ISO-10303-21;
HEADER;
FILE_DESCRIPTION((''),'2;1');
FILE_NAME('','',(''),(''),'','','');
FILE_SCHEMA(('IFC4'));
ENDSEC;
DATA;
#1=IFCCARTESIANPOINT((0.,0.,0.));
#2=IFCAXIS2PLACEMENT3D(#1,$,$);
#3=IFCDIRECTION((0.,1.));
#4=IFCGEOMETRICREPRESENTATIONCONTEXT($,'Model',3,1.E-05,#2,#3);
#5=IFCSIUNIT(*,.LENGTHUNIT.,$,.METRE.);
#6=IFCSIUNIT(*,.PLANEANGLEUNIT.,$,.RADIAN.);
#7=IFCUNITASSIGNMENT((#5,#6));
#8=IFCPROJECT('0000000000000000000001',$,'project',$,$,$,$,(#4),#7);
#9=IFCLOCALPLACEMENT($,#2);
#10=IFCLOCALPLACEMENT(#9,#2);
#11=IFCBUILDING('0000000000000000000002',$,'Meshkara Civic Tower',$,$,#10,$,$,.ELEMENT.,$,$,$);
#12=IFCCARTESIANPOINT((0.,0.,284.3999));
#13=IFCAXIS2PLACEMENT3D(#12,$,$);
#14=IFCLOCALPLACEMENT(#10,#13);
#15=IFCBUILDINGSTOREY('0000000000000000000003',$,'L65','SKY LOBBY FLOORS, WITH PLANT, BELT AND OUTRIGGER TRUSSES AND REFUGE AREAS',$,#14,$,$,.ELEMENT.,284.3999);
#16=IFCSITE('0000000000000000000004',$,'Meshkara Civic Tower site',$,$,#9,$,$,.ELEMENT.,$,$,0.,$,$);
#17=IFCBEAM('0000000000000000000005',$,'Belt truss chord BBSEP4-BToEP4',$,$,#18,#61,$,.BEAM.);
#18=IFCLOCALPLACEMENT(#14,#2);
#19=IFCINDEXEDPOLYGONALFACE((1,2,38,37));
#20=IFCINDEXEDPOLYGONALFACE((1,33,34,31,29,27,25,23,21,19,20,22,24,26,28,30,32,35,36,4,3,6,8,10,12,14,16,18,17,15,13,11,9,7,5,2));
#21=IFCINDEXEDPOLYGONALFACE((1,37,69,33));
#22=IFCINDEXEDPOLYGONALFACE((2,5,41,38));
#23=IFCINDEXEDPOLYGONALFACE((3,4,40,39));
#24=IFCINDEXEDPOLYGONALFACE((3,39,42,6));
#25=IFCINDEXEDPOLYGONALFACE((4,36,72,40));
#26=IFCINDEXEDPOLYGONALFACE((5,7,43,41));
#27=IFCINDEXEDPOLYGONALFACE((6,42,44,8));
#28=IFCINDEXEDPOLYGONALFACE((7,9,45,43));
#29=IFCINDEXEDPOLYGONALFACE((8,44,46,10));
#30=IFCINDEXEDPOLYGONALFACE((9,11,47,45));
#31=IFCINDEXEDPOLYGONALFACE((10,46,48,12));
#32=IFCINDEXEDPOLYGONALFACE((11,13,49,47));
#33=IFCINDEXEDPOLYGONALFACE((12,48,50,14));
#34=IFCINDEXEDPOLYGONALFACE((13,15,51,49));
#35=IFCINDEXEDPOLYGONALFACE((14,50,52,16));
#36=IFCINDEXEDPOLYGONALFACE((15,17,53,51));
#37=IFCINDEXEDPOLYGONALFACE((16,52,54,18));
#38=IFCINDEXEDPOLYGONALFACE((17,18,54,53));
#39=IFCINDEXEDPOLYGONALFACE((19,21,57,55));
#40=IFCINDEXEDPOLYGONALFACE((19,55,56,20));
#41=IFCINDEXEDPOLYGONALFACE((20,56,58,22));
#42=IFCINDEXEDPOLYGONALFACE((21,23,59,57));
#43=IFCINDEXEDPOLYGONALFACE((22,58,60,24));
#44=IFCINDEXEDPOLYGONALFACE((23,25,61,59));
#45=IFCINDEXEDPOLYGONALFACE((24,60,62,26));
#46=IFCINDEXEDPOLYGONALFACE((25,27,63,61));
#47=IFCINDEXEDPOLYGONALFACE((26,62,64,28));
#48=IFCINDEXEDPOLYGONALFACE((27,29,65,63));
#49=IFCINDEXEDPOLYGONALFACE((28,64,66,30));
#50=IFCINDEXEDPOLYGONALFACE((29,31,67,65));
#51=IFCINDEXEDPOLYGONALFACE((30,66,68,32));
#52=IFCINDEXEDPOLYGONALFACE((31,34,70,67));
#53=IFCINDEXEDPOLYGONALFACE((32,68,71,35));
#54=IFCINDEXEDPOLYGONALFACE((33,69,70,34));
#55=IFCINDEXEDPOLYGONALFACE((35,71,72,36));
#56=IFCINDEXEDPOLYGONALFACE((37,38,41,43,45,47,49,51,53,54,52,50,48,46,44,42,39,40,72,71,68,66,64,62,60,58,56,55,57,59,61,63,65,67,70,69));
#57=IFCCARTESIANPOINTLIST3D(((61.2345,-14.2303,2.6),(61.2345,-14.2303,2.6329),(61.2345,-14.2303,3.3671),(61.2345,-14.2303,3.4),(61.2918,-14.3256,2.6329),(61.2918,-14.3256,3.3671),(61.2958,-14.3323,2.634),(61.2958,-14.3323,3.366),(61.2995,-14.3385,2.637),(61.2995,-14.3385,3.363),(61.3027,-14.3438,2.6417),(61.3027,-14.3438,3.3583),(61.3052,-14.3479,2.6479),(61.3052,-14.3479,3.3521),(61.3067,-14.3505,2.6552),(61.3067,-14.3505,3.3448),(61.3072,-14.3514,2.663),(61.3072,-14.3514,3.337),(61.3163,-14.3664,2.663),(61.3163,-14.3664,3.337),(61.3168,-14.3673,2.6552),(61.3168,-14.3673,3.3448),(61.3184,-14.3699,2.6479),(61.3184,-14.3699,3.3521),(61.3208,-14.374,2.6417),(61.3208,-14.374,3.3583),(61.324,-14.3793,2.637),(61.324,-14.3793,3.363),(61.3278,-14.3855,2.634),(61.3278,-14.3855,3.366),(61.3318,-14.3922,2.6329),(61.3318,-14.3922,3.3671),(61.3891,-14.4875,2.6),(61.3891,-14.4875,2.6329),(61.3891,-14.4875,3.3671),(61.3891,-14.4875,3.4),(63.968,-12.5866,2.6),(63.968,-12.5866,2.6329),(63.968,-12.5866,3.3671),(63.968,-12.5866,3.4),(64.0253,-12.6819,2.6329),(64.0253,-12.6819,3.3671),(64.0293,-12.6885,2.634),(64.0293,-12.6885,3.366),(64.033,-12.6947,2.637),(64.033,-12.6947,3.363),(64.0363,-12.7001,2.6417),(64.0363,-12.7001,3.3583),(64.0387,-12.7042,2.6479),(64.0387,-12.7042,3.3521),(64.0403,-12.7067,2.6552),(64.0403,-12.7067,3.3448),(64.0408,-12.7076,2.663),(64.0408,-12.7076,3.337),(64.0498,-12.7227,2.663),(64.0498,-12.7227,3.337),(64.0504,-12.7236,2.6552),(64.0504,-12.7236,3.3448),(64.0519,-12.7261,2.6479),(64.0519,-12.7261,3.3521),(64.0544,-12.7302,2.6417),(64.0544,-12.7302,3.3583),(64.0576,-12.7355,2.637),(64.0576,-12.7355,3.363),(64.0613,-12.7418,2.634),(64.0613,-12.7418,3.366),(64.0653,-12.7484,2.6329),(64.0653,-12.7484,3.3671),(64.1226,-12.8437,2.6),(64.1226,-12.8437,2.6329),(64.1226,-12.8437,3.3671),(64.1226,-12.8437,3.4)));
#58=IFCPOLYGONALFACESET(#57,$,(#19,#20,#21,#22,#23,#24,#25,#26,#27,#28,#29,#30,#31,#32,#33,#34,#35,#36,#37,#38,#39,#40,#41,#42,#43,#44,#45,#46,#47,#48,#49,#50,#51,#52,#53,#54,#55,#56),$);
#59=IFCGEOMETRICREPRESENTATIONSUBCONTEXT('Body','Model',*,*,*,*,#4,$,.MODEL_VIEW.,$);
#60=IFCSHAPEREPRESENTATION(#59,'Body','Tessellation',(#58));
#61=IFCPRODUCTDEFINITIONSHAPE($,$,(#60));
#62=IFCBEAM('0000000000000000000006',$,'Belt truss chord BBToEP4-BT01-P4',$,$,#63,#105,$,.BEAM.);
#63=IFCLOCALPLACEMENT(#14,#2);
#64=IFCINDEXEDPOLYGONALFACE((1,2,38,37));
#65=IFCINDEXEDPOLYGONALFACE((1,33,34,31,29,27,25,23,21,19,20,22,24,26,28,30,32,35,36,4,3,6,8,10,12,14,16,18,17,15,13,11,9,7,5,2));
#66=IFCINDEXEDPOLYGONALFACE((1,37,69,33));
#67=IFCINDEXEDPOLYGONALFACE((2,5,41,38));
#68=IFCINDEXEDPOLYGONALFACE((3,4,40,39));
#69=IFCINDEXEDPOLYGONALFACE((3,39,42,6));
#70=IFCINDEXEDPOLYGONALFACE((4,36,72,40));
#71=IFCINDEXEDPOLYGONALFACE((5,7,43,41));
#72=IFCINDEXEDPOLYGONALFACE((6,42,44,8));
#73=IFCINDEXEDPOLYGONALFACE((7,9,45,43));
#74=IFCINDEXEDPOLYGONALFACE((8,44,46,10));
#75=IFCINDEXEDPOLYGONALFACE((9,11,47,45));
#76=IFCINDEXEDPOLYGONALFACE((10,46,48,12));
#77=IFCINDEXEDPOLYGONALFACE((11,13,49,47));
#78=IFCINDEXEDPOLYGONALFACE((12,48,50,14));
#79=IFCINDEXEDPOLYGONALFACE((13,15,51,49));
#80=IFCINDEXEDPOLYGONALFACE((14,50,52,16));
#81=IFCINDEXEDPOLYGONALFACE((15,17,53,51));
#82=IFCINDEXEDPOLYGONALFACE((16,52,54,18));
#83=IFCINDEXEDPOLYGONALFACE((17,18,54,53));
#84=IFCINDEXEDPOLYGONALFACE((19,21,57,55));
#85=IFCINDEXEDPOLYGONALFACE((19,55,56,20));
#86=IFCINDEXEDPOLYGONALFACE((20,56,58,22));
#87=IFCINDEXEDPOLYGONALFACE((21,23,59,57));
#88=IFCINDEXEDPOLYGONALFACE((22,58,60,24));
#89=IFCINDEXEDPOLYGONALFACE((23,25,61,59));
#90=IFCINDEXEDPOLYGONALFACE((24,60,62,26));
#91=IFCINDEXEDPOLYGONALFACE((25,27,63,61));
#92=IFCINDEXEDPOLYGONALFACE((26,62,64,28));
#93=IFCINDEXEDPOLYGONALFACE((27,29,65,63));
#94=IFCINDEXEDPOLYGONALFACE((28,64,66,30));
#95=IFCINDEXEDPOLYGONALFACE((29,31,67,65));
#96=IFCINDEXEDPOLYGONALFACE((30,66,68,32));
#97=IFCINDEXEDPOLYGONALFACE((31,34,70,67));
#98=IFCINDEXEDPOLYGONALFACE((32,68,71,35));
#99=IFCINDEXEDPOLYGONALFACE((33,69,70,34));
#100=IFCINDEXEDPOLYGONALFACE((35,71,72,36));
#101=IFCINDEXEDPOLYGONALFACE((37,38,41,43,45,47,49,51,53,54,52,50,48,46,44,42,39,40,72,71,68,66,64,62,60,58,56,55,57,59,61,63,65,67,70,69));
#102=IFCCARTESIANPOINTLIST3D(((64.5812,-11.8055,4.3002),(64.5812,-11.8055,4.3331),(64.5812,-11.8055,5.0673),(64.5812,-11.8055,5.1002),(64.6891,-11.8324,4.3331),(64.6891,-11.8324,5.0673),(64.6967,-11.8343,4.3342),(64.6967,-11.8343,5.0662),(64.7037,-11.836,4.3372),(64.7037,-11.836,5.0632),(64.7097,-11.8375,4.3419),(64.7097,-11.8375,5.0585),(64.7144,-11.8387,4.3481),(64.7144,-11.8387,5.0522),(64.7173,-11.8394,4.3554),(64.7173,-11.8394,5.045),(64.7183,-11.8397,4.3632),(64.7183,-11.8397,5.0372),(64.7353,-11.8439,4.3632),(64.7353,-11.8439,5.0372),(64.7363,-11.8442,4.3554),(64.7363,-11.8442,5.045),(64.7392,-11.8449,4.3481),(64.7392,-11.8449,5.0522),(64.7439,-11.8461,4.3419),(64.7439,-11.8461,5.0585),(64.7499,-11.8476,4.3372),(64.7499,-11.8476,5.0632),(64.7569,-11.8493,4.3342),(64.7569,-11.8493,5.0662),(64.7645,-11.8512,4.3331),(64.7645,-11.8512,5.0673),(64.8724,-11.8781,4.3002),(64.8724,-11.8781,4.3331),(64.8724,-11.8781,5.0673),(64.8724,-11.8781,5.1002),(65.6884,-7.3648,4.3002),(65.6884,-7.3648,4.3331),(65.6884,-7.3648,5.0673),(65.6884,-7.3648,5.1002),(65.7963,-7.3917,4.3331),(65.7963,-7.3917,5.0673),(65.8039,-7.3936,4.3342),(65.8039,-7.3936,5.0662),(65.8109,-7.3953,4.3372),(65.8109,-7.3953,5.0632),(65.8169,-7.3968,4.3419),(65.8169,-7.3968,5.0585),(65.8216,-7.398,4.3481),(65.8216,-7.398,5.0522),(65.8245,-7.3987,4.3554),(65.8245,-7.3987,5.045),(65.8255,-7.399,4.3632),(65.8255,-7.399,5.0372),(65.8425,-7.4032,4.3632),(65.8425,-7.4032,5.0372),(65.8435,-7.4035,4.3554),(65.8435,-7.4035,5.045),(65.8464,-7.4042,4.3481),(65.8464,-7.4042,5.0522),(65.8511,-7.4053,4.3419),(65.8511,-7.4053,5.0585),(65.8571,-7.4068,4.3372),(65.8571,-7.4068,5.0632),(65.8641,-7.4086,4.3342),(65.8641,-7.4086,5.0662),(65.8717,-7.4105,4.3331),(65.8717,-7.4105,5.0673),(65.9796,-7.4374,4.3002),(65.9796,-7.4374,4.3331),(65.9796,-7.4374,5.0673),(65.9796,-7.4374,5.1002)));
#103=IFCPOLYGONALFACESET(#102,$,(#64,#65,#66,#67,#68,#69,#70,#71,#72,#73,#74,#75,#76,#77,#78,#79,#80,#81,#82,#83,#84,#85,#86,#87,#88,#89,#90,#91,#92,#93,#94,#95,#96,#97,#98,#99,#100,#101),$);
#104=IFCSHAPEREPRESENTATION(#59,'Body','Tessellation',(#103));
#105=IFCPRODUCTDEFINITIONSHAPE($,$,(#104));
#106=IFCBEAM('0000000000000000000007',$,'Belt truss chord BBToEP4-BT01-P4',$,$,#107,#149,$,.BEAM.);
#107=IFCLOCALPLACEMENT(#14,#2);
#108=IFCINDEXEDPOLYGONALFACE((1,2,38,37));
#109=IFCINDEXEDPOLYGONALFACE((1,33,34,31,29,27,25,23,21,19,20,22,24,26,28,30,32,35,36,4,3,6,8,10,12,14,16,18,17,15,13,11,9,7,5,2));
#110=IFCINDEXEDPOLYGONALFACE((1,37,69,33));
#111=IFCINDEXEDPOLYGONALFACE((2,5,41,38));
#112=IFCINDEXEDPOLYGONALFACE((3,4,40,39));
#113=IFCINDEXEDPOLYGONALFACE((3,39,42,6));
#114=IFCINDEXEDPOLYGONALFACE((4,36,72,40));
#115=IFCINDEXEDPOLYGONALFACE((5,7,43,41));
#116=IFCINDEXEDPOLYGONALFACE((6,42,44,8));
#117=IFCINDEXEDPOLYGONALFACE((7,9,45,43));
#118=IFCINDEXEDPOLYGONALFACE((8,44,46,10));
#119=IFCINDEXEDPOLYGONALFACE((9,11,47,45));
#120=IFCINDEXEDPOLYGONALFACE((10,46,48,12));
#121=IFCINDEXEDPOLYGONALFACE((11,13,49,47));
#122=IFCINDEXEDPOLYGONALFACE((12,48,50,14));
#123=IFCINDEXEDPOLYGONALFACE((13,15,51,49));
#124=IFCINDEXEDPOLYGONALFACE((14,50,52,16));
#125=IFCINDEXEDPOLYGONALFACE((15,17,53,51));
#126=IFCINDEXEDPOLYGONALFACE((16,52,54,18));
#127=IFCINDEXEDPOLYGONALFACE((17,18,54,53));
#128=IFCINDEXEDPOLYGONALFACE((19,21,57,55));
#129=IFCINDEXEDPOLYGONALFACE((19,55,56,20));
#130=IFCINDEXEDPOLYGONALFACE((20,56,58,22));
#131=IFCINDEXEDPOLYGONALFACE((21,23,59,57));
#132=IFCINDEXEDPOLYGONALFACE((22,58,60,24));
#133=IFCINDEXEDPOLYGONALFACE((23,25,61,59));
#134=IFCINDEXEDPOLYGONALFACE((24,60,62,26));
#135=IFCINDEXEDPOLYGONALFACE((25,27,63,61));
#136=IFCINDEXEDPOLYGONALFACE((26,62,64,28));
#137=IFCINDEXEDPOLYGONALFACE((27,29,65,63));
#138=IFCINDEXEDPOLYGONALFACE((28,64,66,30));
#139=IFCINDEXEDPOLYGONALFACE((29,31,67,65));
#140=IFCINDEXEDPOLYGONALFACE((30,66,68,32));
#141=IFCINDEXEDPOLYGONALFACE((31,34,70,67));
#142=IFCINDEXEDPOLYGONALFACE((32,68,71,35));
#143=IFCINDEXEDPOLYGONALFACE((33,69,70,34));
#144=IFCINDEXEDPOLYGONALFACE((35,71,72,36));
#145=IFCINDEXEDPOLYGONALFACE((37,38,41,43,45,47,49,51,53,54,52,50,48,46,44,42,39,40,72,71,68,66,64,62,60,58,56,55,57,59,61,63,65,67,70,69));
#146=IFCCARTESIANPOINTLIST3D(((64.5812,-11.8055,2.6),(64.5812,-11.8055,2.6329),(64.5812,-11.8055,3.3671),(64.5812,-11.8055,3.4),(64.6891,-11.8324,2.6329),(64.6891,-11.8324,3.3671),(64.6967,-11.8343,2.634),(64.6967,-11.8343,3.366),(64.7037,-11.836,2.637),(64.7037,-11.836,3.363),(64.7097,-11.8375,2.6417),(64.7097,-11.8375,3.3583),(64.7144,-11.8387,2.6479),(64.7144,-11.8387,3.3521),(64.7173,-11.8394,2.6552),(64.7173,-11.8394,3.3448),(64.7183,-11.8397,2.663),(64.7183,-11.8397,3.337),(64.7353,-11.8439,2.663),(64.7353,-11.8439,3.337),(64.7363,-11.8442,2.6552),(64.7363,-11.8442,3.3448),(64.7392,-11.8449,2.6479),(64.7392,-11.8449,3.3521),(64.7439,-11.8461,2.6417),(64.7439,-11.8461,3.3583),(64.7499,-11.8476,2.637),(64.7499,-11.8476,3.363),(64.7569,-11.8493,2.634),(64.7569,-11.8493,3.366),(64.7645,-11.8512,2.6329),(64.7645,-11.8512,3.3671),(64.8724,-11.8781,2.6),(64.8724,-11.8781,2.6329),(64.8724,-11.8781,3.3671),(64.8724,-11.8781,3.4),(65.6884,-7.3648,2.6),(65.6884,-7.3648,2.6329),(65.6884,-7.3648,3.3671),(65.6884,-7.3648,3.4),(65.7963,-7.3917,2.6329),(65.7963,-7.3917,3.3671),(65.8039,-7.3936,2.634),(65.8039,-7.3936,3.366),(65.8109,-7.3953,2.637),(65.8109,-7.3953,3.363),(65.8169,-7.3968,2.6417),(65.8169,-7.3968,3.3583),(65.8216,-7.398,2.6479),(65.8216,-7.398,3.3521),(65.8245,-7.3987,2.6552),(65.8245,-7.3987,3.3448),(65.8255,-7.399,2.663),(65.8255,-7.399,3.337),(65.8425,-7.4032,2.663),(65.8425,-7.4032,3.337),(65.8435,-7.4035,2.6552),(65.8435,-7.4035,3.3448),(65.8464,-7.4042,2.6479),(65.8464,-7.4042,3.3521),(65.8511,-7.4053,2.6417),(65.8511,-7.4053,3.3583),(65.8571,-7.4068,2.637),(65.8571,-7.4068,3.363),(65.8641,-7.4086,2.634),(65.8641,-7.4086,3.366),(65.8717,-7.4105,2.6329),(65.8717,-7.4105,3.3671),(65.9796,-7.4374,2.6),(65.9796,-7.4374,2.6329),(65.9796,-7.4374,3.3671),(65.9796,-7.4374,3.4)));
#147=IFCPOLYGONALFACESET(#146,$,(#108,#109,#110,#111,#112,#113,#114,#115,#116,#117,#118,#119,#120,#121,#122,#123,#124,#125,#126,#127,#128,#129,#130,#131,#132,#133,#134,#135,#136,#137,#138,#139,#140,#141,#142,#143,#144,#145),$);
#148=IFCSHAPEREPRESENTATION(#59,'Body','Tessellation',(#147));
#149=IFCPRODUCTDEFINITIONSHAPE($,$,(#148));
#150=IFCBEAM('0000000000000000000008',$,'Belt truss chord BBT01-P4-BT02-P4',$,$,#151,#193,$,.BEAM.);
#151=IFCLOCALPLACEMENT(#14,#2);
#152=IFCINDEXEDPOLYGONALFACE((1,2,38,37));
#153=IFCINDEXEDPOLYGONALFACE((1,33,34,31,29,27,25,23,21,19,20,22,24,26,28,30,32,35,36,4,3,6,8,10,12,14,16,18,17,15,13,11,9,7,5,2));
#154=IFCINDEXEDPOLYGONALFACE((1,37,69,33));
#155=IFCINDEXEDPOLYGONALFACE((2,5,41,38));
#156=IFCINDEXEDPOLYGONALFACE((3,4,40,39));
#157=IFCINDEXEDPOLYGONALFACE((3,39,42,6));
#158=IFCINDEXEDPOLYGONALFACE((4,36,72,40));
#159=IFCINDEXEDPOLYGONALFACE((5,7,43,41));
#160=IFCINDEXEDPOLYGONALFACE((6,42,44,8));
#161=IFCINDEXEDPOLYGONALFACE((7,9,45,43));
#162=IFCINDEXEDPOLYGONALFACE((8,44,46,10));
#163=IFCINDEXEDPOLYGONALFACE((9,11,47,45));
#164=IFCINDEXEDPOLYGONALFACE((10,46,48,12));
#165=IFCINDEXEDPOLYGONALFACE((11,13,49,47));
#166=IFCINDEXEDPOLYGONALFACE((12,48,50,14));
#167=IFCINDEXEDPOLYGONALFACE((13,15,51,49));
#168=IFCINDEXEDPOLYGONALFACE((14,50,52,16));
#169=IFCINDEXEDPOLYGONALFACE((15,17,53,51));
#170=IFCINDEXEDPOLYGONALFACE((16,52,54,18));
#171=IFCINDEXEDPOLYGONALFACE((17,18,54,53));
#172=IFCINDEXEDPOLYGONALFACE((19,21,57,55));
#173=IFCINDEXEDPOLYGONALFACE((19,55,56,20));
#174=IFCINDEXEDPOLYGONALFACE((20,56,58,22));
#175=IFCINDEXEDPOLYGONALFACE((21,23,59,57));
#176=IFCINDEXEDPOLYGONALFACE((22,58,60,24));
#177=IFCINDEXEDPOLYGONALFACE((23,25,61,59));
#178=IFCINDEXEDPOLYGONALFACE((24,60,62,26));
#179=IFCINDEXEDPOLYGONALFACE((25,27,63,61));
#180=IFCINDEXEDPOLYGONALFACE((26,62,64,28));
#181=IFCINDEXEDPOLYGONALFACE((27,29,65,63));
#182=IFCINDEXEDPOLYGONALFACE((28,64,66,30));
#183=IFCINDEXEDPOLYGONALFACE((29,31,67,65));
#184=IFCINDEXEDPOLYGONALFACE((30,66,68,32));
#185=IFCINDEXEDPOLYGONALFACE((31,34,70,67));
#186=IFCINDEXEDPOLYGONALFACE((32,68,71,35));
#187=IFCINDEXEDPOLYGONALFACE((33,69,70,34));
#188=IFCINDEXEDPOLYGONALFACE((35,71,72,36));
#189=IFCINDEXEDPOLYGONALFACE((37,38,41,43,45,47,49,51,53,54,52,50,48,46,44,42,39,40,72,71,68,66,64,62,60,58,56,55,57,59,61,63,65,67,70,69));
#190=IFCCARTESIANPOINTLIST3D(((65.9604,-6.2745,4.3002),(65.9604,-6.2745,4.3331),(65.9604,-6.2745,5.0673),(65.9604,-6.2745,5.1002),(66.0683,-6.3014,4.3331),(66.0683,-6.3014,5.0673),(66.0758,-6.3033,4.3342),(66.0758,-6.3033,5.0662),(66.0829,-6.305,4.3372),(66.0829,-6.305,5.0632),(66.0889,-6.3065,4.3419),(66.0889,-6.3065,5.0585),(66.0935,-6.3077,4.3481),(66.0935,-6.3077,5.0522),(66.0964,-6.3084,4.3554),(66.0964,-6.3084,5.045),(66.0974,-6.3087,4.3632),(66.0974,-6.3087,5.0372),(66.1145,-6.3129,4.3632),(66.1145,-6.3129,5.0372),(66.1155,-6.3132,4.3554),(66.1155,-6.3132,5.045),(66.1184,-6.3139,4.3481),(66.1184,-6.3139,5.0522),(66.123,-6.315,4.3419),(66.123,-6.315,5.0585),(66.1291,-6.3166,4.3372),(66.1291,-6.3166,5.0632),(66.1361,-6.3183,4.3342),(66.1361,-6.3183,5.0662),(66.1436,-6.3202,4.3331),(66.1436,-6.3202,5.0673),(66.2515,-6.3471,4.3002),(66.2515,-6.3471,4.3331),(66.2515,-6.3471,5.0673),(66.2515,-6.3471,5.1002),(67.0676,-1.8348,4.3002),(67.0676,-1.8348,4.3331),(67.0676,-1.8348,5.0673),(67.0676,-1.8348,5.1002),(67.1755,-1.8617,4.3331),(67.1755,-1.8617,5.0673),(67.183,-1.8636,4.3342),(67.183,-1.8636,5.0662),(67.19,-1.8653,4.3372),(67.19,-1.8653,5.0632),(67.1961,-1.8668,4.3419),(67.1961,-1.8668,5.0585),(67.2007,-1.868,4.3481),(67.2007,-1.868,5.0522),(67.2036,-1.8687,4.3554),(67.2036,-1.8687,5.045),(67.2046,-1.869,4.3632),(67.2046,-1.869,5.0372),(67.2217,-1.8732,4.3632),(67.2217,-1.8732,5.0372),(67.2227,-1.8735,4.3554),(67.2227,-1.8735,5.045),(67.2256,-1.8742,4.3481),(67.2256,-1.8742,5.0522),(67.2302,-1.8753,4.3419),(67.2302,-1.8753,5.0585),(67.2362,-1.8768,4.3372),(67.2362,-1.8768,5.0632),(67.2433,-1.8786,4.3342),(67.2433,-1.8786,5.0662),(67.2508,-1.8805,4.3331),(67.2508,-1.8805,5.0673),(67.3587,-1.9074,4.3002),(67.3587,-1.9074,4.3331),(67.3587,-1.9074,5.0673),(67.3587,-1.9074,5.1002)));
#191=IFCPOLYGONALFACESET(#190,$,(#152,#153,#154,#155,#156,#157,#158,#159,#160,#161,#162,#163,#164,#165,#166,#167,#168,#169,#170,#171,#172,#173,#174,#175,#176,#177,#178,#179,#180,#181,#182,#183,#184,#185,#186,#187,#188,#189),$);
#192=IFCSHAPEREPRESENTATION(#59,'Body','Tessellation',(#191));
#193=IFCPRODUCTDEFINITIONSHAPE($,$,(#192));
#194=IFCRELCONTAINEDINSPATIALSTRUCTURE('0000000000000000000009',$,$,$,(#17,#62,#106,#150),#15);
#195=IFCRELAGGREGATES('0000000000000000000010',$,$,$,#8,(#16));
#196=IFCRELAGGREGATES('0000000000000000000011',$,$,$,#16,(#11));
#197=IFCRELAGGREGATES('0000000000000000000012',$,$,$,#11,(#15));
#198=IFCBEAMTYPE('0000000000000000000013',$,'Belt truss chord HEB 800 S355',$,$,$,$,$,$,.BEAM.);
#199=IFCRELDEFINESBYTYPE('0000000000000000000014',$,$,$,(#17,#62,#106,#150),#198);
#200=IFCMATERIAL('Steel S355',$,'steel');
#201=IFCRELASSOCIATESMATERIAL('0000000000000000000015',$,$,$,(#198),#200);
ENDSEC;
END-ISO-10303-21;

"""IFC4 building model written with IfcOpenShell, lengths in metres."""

from ifc_helpers import new_model, si_unit, direction, frame, origin, origin_2d, place, context, subcontext, project, spatial, i_section, extrude, material, material_profile, profile_set, type_object, element, save


model = new_model("IFC4")

# Units and contexts
model_context = context("Model", 3, precision=1e-05, world=origin(), true_north=direction((0.0, 1.0)))
body_context = subcontext(model_context, "Body", "Model", "MODEL_VIEW")
ifc_project = project(units=[si_unit("LENGTHUNIT", "METRE"), si_unit("PLANEANGLEUNIT", "RADIAN")], contexts=[model_context])

# Site, building, storey
site_placement = place(None, origin())
site = spatial("IfcSite", under=ifc_project, at=site_placement, Name="Meshkara Civic Tower site", CompositionType="ELEMENT", RefElevation=0.0)
building_placement = place(site_placement, origin())
building = spatial("IfcBuilding", under=site, at=building_placement, Name="Meshkara Civic Tower", CompositionType="ELEMENT")
storey_placement = place(building_placement, frame((0.0, 0.0, 284.3999)))
storey = spatial("IfcBuildingStorey", under=building, at=storey_placement, Name="L65", Description="SKY LOBBY FLOORS, WITH PLANT, BELT AND OUTRIGGER TRUSSES AND REFUGE AREAS", CompositionType="ELEMENT", Elevation=284.3999)

# Beams
ifc_material_1 = material(Name="Steel S355", Category="steel")
ifc_material_profile_1 = material_profile(ifc_material_1, i_section(OverallWidth=0.3, OverallDepth=0.8, WebThickness=0.0176, FlangeThickness=0.033, FilletRadius=0.03, at=origin_2d()))
ifc_profile_set_1 = profile_set([ifc_material_profile_1], Name="Steel S355")
beam_type = type_object("IfcBeamType", Name="Belt truss chord HEB 800 S355", PredefinedType="BEAM", material=ifc_profile_set_1)
for number, where, z_axis, x_axis, name in (
    (1, (61.3118, -14.3589, 3.0), (0.856993, 0.515328, 0.0), (-0.515328, 0.856993, 0.0), "Belt truss chord BBSEP4-BToEP4"),
):
    element("IfcBeam", number, at=place(storey_placement, frame(where, z_axis=z_axis, x_axis=x_axis)), inside=storey, type_object=beam_type, Name=name, PredefinedType="BEAM", context=body_context, shape_type="SweptSolid", body=[
        extrude(i_section(OverallWidth=0.3, OverallDepth=0.8, WebThickness=0.0176, FlangeThickness=0.033, FilletRadius=0.03, at=origin_2d()), origin(), (0.0, 0.0, 1.0), 3.1897),
    ])
for number, where, z_axis, x_axis, name in (
    (2, (64.7268, -11.8418, 4.7002), (0.241921, 0.970296, 0.0), (-0.970296, 0.241921, 0.0), "Belt truss chord BBToEP4-BT01-P4"),
    (3, (64.7268, -11.8418, 3.0), (0.241921, 0.970296, 0.0), (-0.970296, 0.241921, 0.0), "Belt truss chord BBToEP4-BT01-P4"),
):
    element("IfcBeam", number, at=place(storey_placement, frame(where, z_axis=z_axis, x_axis=x_axis)), inside=storey, type_object=beam_type, Name=name, PredefinedType="BEAM", context=body_context, shape_type="SweptSolid", body=[
        extrude(i_section(OverallWidth=0.3, OverallDepth=0.8, WebThickness=0.0176, FlangeThickness=0.033, FilletRadius=0.03, at=origin_2d()), origin(), (0.0, 0.0, 1.0), 4.5767),
    ])
for number, where, z_axis, x_axis, name in (
    (4, (66.106, -6.3108, 4.7002), (0.241971, 0.970284, 0.0), (-0.970284, 0.241971, 0.0), "Belt truss chord BBT01-P4-BT02-P4"),
):
    element("IfcBeam", number, at=place(storey_placement, frame(where, z_axis=z_axis, x_axis=x_axis)), inside=storey, type_object=beam_type, Name=name, PredefinedType="BEAM", context=body_context, shape_type="SweptSolid", body=[
        extrude(i_section(OverallWidth=0.3, OverallDepth=0.8, WebThickness=0.0176, FlangeThickness=0.033, FilletRadius=0.03, at=origin_2d()), origin(), (0.0, 0.0, 1.0), 4.5757),
    ])

save(model, "model.ifc")
